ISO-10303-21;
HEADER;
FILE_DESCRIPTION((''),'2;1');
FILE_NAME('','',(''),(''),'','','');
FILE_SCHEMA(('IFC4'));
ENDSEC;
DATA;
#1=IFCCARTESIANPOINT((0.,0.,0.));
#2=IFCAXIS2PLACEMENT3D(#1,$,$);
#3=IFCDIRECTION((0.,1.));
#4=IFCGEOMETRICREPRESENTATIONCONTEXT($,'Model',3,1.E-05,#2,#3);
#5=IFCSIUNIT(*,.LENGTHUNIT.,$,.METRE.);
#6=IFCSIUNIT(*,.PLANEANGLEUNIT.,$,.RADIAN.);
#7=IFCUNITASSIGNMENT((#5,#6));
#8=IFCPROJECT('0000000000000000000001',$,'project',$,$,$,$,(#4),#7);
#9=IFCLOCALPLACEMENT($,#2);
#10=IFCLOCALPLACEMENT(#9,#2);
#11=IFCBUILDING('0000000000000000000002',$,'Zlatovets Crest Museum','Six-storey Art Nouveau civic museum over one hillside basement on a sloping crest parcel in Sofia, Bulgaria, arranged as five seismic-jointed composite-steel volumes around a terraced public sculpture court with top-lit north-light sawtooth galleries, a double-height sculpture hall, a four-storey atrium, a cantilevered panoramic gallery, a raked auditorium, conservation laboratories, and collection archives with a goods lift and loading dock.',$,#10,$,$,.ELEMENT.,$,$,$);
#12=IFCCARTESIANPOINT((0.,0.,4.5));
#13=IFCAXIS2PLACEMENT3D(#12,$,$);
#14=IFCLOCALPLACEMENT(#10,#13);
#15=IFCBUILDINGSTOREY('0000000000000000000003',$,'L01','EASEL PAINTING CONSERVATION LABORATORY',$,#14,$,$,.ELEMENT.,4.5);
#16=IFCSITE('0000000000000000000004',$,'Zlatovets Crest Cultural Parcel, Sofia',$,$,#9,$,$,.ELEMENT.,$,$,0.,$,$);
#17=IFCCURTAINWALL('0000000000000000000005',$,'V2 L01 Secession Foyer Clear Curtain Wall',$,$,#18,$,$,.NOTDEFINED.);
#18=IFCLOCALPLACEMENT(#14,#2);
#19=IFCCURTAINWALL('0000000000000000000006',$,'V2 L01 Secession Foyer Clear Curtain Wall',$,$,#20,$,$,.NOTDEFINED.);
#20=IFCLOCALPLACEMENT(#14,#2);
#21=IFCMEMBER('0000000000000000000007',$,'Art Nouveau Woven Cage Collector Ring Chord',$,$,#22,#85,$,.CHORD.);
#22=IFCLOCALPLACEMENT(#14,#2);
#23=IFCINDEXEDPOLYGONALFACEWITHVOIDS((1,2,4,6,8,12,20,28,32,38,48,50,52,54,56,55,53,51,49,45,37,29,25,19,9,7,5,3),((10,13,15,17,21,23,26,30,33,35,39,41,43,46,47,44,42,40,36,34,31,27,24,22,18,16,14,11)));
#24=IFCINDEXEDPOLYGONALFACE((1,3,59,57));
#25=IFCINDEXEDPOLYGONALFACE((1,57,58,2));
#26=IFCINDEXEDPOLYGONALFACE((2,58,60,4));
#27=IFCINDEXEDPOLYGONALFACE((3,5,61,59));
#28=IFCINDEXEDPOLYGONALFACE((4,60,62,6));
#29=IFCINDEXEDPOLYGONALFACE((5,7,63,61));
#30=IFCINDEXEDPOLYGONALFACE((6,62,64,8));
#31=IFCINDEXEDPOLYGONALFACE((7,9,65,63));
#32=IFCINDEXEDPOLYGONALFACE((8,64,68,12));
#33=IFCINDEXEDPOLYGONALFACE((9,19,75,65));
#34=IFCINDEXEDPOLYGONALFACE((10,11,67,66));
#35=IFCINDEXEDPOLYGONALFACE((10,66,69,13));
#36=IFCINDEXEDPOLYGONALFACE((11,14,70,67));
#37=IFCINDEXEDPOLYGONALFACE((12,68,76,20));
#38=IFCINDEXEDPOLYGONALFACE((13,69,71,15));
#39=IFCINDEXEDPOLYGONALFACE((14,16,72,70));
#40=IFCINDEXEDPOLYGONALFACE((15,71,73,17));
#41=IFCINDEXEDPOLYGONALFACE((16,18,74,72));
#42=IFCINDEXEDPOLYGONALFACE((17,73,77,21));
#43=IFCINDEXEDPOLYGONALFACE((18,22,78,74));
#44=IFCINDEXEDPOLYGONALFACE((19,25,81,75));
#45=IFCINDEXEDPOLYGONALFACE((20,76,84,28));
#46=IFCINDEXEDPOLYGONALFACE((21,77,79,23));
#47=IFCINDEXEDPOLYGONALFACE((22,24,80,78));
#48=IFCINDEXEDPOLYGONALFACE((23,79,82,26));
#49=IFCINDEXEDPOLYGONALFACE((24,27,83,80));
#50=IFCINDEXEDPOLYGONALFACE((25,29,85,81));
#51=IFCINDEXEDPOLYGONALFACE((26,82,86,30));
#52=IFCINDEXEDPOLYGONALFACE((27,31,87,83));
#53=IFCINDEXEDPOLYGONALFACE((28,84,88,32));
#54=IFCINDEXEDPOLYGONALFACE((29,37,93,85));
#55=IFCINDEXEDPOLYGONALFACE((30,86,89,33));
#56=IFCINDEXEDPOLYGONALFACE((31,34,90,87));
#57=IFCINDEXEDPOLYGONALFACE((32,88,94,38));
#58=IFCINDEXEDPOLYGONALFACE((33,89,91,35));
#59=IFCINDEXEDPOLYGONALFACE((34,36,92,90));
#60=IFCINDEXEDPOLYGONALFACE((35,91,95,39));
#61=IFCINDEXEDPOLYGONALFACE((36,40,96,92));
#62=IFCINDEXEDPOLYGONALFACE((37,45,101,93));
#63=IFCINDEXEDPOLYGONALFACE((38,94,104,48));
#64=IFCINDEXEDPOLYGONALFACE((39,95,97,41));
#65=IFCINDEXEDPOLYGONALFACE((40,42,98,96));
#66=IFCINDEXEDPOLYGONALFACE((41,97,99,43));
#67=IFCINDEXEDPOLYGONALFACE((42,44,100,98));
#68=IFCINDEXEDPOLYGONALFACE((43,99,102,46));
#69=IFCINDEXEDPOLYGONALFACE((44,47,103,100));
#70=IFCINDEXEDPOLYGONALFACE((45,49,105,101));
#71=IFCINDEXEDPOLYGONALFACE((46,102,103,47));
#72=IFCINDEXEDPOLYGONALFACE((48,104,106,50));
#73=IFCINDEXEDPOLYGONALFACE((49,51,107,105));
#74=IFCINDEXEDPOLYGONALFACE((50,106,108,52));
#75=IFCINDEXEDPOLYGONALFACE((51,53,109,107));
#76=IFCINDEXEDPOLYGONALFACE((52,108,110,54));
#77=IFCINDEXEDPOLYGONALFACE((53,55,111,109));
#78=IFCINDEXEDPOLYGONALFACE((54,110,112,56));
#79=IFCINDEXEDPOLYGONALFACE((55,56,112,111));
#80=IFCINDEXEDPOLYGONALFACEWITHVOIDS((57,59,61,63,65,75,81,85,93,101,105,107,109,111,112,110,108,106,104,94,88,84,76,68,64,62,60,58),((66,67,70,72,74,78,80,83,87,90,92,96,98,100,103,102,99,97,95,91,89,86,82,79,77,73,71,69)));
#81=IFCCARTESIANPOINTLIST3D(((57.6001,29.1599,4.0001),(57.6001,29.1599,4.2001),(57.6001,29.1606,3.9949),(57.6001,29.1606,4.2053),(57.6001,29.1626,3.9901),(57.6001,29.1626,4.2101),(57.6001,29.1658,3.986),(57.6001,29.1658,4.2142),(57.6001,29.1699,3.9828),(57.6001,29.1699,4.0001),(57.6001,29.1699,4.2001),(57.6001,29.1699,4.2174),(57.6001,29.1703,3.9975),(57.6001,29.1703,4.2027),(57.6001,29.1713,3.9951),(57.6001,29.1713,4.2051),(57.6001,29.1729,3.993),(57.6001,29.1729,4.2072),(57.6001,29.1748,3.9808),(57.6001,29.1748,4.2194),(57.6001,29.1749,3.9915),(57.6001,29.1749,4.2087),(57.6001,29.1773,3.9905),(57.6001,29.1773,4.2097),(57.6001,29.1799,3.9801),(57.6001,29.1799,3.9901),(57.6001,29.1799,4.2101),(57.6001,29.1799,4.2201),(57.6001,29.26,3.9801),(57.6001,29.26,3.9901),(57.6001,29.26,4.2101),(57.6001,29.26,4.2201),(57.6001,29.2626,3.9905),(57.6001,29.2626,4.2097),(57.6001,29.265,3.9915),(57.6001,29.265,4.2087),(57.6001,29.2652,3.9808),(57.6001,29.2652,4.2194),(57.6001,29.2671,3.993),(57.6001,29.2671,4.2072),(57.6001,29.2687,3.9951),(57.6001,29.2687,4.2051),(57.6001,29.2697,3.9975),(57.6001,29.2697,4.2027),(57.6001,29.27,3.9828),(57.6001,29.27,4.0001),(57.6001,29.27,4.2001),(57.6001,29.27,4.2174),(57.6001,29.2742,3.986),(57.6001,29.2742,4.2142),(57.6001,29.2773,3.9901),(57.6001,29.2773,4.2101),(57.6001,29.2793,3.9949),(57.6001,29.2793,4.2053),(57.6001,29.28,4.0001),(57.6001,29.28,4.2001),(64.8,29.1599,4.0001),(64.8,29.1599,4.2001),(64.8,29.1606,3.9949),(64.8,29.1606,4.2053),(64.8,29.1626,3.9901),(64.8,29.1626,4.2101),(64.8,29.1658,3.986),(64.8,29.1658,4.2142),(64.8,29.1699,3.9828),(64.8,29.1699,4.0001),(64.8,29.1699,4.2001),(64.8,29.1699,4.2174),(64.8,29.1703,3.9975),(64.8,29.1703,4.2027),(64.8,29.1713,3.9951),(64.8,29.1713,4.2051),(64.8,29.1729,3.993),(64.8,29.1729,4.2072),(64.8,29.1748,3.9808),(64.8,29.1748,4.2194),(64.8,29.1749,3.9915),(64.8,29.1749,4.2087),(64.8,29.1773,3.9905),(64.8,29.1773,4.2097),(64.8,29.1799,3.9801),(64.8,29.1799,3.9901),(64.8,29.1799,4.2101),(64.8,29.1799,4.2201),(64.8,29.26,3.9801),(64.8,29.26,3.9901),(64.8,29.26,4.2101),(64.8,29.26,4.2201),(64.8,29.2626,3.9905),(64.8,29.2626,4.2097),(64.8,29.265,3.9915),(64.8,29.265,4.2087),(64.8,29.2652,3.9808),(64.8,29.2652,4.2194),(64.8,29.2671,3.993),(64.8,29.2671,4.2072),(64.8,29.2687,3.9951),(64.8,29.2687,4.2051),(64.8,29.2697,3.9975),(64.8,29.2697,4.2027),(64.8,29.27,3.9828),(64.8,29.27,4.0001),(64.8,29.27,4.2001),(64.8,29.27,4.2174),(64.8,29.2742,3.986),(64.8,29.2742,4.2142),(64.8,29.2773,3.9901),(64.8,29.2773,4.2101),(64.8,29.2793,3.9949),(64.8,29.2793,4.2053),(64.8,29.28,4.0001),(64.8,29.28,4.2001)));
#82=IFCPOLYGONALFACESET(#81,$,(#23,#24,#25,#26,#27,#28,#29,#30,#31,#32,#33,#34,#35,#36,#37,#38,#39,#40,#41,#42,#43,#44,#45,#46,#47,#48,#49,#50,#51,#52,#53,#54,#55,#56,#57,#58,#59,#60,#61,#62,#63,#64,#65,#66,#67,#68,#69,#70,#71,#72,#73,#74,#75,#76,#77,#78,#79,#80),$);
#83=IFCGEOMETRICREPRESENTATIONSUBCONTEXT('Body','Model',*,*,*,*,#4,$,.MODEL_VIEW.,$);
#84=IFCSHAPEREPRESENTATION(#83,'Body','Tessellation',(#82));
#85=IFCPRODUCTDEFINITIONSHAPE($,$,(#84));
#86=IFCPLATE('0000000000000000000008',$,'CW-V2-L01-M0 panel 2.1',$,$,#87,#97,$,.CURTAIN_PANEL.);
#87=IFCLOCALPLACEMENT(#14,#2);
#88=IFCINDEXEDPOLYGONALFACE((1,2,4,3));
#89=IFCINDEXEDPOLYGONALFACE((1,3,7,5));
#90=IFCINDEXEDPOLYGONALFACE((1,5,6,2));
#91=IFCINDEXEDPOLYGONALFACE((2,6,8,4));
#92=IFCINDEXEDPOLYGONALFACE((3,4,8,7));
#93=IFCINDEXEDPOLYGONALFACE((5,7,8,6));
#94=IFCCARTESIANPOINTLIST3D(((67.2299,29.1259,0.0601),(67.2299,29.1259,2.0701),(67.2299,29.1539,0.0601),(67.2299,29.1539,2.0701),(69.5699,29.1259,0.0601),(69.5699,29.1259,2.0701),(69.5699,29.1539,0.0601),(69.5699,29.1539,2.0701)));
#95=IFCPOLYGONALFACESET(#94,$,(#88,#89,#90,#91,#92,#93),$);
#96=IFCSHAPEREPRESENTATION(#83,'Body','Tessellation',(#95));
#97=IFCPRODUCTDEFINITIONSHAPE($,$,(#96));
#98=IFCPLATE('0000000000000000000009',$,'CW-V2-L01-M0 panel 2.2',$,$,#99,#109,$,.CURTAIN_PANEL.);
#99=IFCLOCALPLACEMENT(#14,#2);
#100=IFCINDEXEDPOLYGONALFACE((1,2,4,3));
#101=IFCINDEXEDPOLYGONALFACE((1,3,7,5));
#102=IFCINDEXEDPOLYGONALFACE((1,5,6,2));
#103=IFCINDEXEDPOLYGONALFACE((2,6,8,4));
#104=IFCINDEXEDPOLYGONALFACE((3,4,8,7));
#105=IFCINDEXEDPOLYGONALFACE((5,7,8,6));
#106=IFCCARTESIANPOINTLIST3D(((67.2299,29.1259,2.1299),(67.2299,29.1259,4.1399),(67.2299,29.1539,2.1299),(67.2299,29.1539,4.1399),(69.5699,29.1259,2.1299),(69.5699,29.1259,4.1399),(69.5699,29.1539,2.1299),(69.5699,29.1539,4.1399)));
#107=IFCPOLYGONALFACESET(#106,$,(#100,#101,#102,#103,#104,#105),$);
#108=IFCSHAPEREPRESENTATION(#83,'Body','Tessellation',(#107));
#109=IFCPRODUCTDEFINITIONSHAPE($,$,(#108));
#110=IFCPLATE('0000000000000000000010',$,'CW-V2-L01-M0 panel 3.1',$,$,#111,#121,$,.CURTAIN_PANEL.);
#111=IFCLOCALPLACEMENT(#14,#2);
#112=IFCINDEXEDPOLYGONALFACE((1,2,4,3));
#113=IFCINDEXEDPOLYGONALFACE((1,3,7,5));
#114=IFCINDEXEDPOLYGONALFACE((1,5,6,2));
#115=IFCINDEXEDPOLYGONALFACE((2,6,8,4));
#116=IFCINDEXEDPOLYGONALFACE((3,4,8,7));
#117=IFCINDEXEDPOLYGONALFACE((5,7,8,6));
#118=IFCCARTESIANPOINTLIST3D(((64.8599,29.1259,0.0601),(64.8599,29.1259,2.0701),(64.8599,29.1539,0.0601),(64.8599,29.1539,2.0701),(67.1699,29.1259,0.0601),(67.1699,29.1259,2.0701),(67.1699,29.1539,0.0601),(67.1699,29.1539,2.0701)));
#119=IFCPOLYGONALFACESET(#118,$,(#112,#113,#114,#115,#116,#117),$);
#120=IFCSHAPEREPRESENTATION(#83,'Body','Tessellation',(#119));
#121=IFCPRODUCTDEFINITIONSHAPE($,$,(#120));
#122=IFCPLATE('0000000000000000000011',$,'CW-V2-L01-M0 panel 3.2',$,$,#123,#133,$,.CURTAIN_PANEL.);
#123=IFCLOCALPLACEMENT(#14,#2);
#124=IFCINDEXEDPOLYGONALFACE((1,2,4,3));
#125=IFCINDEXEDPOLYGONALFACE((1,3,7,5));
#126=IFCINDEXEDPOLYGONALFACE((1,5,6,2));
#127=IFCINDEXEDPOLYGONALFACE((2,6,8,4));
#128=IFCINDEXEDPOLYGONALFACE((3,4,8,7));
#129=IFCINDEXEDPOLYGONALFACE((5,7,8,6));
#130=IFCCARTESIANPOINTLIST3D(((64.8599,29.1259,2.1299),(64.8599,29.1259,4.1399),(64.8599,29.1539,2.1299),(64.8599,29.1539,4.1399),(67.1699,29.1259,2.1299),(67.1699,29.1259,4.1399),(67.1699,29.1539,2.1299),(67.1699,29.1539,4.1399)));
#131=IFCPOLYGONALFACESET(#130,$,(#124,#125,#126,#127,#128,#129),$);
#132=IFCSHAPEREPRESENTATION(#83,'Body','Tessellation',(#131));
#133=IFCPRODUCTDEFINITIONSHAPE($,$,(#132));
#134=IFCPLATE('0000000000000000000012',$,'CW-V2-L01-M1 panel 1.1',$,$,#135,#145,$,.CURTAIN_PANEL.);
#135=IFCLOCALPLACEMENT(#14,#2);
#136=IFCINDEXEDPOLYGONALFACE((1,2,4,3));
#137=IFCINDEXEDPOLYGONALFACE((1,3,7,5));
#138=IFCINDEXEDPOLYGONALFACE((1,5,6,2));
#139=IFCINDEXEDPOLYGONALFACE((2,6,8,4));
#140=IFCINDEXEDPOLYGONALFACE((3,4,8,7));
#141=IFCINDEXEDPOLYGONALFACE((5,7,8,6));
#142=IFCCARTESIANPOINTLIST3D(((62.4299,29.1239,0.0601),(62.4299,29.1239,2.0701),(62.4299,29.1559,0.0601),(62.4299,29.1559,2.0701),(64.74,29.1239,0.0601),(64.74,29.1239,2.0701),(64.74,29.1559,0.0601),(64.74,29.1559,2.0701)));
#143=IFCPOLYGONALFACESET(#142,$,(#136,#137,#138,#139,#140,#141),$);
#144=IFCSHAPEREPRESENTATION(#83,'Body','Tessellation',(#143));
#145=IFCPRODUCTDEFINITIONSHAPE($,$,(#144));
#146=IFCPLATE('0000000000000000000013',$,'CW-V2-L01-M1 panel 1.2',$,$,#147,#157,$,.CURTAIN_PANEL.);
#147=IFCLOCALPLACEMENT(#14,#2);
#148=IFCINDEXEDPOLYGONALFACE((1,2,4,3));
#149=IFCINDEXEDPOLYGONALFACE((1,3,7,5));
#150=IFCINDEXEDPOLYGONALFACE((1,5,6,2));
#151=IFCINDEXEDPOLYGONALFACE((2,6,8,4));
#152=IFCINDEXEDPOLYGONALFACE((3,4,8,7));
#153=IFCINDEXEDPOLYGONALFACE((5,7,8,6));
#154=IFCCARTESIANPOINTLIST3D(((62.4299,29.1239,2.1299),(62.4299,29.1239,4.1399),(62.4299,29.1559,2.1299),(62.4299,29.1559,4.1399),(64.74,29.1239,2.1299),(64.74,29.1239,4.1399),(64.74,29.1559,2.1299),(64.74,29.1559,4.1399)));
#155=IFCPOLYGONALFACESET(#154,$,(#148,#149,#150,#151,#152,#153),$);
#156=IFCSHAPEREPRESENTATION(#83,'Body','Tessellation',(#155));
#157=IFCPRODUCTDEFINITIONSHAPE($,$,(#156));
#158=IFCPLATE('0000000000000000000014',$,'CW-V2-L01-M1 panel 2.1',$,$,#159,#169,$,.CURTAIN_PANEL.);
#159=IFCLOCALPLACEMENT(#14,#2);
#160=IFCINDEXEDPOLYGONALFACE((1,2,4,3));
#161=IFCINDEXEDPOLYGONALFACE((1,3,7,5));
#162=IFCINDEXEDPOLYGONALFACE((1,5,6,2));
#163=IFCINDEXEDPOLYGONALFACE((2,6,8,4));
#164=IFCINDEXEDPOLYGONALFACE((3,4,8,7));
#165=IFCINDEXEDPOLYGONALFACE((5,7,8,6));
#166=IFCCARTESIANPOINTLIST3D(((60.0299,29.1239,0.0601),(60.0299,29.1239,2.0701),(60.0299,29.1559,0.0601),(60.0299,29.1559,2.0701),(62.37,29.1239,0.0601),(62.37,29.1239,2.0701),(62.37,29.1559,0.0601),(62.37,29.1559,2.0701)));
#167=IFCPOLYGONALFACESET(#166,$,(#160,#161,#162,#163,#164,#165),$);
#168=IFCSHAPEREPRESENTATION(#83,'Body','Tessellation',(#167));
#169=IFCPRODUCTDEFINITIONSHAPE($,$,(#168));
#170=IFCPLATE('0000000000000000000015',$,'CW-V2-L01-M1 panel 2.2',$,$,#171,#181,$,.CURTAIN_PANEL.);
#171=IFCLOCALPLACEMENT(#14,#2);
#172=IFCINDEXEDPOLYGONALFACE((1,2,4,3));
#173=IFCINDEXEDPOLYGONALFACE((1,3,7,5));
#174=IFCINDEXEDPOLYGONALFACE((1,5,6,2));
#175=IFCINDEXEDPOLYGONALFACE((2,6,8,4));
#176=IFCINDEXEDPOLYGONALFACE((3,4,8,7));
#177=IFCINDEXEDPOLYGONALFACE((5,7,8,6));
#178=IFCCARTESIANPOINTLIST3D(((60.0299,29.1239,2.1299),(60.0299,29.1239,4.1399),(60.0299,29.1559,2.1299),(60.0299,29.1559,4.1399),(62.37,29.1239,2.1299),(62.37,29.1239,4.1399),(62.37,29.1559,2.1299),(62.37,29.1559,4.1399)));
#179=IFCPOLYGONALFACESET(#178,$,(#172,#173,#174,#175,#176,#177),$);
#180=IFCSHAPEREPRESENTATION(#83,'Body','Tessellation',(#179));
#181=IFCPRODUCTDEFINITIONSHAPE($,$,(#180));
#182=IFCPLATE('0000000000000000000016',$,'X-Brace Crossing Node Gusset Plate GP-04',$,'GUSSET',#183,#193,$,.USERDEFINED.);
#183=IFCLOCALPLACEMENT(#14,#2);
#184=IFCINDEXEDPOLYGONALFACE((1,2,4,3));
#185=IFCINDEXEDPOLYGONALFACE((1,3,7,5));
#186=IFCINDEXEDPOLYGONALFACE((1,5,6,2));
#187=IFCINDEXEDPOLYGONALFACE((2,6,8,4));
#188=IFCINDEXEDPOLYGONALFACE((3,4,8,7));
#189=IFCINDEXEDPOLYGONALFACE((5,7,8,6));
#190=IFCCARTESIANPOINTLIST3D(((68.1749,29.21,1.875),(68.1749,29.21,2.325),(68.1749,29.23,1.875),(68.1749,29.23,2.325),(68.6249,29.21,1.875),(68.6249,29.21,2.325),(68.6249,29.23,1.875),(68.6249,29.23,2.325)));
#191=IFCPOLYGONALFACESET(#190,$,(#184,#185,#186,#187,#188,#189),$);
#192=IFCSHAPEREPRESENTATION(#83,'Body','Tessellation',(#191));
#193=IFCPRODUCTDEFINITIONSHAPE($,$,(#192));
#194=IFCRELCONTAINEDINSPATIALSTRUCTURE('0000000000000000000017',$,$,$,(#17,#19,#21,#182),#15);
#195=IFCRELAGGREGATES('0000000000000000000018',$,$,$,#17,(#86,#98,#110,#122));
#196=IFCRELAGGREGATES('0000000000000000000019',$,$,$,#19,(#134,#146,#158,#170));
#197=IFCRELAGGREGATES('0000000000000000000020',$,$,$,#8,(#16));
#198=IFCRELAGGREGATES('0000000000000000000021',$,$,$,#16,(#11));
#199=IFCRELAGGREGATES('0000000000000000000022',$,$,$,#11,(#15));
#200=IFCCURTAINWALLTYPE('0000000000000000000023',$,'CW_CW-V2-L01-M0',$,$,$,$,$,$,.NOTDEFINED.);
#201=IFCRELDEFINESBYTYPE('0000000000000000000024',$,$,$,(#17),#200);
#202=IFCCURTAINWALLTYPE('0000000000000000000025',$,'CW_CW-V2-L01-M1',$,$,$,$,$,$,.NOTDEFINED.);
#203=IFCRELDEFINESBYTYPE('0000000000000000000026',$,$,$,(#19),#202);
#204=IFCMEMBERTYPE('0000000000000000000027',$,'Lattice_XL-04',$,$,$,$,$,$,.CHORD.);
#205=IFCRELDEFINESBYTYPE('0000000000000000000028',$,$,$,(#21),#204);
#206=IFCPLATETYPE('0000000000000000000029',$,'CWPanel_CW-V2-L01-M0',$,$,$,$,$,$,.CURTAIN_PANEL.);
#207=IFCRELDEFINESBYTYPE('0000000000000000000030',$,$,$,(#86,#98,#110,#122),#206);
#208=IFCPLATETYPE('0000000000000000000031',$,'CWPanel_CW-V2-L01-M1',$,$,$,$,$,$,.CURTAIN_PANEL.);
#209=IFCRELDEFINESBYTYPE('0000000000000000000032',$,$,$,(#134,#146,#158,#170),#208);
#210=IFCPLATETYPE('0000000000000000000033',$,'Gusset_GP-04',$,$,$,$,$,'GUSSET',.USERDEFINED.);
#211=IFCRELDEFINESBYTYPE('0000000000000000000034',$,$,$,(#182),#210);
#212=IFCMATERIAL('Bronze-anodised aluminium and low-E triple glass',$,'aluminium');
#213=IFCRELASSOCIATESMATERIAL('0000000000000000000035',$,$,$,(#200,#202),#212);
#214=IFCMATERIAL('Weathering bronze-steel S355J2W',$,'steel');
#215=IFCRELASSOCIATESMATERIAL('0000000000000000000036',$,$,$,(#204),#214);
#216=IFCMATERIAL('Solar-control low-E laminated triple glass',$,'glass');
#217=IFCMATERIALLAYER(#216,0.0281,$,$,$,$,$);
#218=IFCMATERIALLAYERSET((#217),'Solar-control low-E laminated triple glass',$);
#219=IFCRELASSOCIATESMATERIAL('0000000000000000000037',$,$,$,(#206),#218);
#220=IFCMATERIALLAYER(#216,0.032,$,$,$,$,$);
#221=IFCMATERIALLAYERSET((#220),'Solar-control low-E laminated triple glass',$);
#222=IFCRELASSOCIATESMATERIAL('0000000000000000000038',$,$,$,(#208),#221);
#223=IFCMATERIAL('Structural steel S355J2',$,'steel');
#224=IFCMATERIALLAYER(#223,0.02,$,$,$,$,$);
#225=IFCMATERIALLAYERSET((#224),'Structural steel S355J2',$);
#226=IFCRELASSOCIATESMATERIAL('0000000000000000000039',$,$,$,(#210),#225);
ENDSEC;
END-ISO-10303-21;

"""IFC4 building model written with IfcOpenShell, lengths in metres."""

from ifc_helpers import new_model, si_unit, direction, frame, origin, origin_2d, place, context, subcontext, project, spatial, rectangle, hollow_rectangle, extrude, material, layer, layer_set, material_profile, profile_set, type_object, element, aggregate, save


model = new_model("IFC4")

# Units and contexts
model_context = context("Model", 3, precision=1e-05, world=origin(), true_north=direction((0.0, 1.0)))
body_context = subcontext(model_context, "Body", "Model", "MODEL_VIEW")
ifc_project = project(units=[si_unit("LENGTHUNIT", "METRE"), si_unit("PLANEANGLEUNIT", "RADIAN")], contexts=[model_context])

# Site, building, storey
site_placement = place(None, origin())
site = spatial("IfcSite", under=ifc_project, at=site_placement, Name="Zlatovets Crest Cultural Parcel, Sofia", CompositionType="ELEMENT", RefElevation=0.0)
building_placement = place(site_placement, origin())
building = spatial("IfcBuilding", under=site, at=building_placement, Name="Zlatovets Crest Museum", Description="Six-storey Art Nouveau civic museum over one hillside basement on a sloping crest parcel in Sofia, Bulgaria, arranged as five seismic-jointed composite-steel volumes around a terraced public sculpture court with top-lit north-light sawtooth galleries, a double-height sculpture hall, a four-storey atrium, a cantilevered panoramic gallery, a raked auditorium, conservation laboratories, and collection archives with a goods lift and loading dock.", CompositionType="ELEMENT")
storey_placement = place(building_placement, frame((0.0, 0.0, 4.5)))
storey = spatial("IfcBuildingStorey", under=building, at=storey_placement, Name="L01", Description="EASEL PAINTING CONSERVATION LABORATORY", CompositionType="ELEMENT", Elevation=4.5)

# Curtain walls
ifc_material_1 = material(Name="Bronze-anodised aluminium and low-E triple glass", Category="aluminium")
curtain_wall_type_1 = type_object("IfcCurtainWallType", Name="CW_CW-V2-L01-M0", PredefinedType="NOTDEFINED", material=ifc_material_1)
curtain_wall_1_placement = place(storey_placement, origin())
curtain_wall_1 = element("IfcCurtainWall", 1, at=curtain_wall_1_placement, inside=storey, type_object=curtain_wall_type_1, Name="V2 L01 Secession Foyer Clear Curtain Wall", PredefinedType="NOTDEFINED")
curtain_wall_type_2 = type_object("IfcCurtainWallType", Name="CW_CW-V2-L01-M1", PredefinedType="NOTDEFINED", material=ifc_material_1)
curtain_wall_2_placement = place(storey_placement, origin())
curtain_wall_2 = element("IfcCurtainWall", 2, at=curtain_wall_2_placement, inside=storey, type_object=curtain_wall_type_2, Name="V2 L01 Secession Foyer Clear Curtain Wall", PredefinedType="NOTDEFINED")

# Member
ifc_material_2 = material(Name="Weathering bronze-steel S355J2W", Category="steel")
ifc_material_profile_1 = material_profile(ifc_material_2, hollow_rectangle(XDim=0.1201, YDim=0.24, WallThickness=0.01, InnerFilletRadius=0.01, OuterFilletRadius=0.02, at=origin_2d()), Name="RHS 120x240x10.0")
ifc_profile_set_1 = profile_set([ifc_material_profile_1], Name="Weathering bronze-steel S355J2W")
member_type_1 = type_object("IfcMemberType", Name="Lattice_XL-04", PredefinedType="CHORD", material=ifc_profile_set_1)
member_1_placement = place(storey_placement, frame((64.8, 29.22, 4.1001), z_axis=(-1.0, 0.0, 0.0), x_axis=(0.0, -1.0, 0.0)))
element("IfcMember", 3, at=member_1_placement, inside=storey, type_object=member_type_1, Name="Art Nouveau Woven Cage Collector Ring Chord", PredefinedType="CHORD", context=body_context, shape_type="SweptSolid", body=[
    extrude(hollow_rectangle(XDim=0.1201, YDim=0.24, WallThickness=0.01, InnerFilletRadius=0.01, OuterFilletRadius=0.02, at=origin_2d()), origin(), (0.0, 0.0, 1.0), 7.2),
])

# Plates
ifc_material_3 = material(Name="Solar-control low-E laminated triple glass", Category="glass")
ifc_layer_1 = layer(ifc_material_3, 0.0281)
ifc_layer_set_1 = layer_set([ifc_layer_1], Name="Solar-control low-E laminated triple glass")
plate_type_1 = type_object("IfcPlateType", Name="CWPanel_CW-V2-L01-M0", PredefinedType="CURTAIN_PANEL", material=ifc_layer_set_1)
plate_1_placement = place(storey_placement, frame((68.3999, 29.1399, 0.0601), z_axis=(0.0, 0.0, 1.0), x_axis=(-1.0, 0.0, 0.0)))
plate_1 = element("IfcPlate", 4, at=plate_1_placement, type_object=plate_type_1, Name="CW-V2-L01-M0 panel 2.1", PredefinedType="CURTAIN_PANEL", context=body_context, shape_type="SweptSolid", body=[
    extrude(rectangle(XDim=2.3401, YDim=0.0281, at=origin_2d()), origin(), (0.0, 0.0, 1.0), 2.01),
])
plate_2_placement = place(storey_placement, frame((68.3999, 29.1399, 2.1299), z_axis=(0.0, 0.0, 1.0), x_axis=(-1.0, 0.0, 0.0)))
plate_2 = element("IfcPlate", 5, at=plate_2_placement, type_object=plate_type_1, Name="CW-V2-L01-M0 panel 2.2", PredefinedType="CURTAIN_PANEL", context=body_context, shape_type="SweptSolid", body=[
    extrude(rectangle(XDim=2.3401, YDim=0.0281, at=origin_2d()), origin(), (0.0, 0.0, 1.0), 2.01),
])
plate_3_placement = place(storey_placement, frame((66.0149, 29.1399, 0.0601), z_axis=(0.0, 0.0, 1.0), x_axis=(-1.0, 0.0, 0.0)))
plate_3 = element("IfcPlate", 6, at=plate_3_placement, type_object=plate_type_1, Name="CW-V2-L01-M0 panel 3.1", PredefinedType="CURTAIN_PANEL", context=body_context, shape_type="SweptSolid", body=[
    extrude(rectangle(XDim=2.3101, YDim=0.0281, at=origin_2d()), origin(), (0.0, 0.0, 1.0), 2.01),
])
plate_4_placement = place(storey_placement, frame((66.0149, 29.1399, 2.1299), z_axis=(0.0, 0.0, 1.0), x_axis=(-1.0, 0.0, 0.0)))
plate_4 = element("IfcPlate", 7, at=plate_4_placement, type_object=plate_type_1, Name="CW-V2-L01-M0 panel 3.2", PredefinedType="CURTAIN_PANEL", context=body_context, shape_type="SweptSolid", body=[
    extrude(rectangle(XDim=2.3101, YDim=0.0281, at=origin_2d()), origin(), (0.0, 0.0, 1.0), 2.01),
])
aggregate(curtain_wall_1, [plate_1, plate_2, plate_3, plate_4])
ifc_layer_2 = layer(ifc_material_3, 0.032)
ifc_layer_set_2 = layer_set([ifc_layer_2], Name="Solar-control low-E laminated triple glass")
plate_type_2 = type_object("IfcPlateType", Name="CWPanel_CW-V2-L01-M1", PredefinedType="CURTAIN_PANEL", material=ifc_layer_set_2)
plate_5_placement = place(storey_placement, frame((63.585, 29.1399, 0.0601), z_axis=(0.0, 0.0, 1.0), x_axis=(-1.0, 0.0, 0.0)))
plate_5 = element("IfcPlate", 8, at=plate_5_placement, type_object=plate_type_2, Name="CW-V2-L01-M1 panel 1.1", PredefinedType="CURTAIN_PANEL", context=body_context, shape_type="SweptSolid", body=[
    extrude(rectangle(XDim=2.3101, YDim=0.032, at=origin_2d()), origin(), (0.0, 0.0, 1.0), 2.01),
])
plate_6_placement = place(storey_placement, frame((63.585, 29.1399, 2.1299), z_axis=(0.0, 0.0, 1.0), x_axis=(-1.0, 0.0, 0.0)))
plate_6 = element("IfcPlate", 9, at=plate_6_placement, type_object=plate_type_2, Name="CW-V2-L01-M1 panel 1.2", PredefinedType="CURTAIN_PANEL", context=body_context, shape_type="SweptSolid", body=[
    extrude(rectangle(XDim=2.3101, YDim=0.032, at=origin_2d()), origin(), (0.0, 0.0, 1.0), 2.01),
])
plate_7_placement = place(storey_placement, frame((61.2, 29.1399, 0.0601), z_axis=(0.0, 0.0, 1.0), x_axis=(-1.0, 0.0, 0.0)))
plate_7 = element("IfcPlate", 10, at=plate_7_placement, type_object=plate_type_2, Name="CW-V2-L01-M1 panel 2.1", PredefinedType="CURTAIN_PANEL", context=body_context, shape_type="SweptSolid", body=[
    extrude(rectangle(XDim=2.3401, YDim=0.032, at=origin_2d()), origin(), (0.0, 0.0, 1.0), 2.01),
])
plate_8_placement = place(storey_placement, frame((61.2, 29.1399, 2.1299), z_axis=(0.0, 0.0, 1.0), x_axis=(-1.0, 0.0, 0.0)))
plate_8 = element("IfcPlate", 11, at=plate_8_placement, type_object=plate_type_2, Name="CW-V2-L01-M1 panel 2.2", PredefinedType="CURTAIN_PANEL", context=body_context, shape_type="SweptSolid", body=[
    extrude(rectangle(XDim=2.3401, YDim=0.032, at=origin_2d()), origin(), (0.0, 0.0, 1.0), 2.01),
])
aggregate(curtain_wall_2, [plate_5, plate_6, plate_7, plate_8])

# Plate
ifc_material_4 = material(Name="Structural steel S355J2", Category="steel")
ifc_layer_3 = layer(ifc_material_4, 0.02)
ifc_layer_set_3 = layer_set([ifc_layer_3], Name="Structural steel S355J2")
plate_type_3 = type_object("IfcPlateType", Name="Gusset_GP-04", ElementType="GUSSET", PredefinedType="USERDEFINED", material=ifc_layer_set_3)
for number, where, z_axis, x_axis, name in (
    (12, (68.3999, 29.22, 1.875), (0.0, 0.0, 1.0), (1.0, 0.0, 0.0), "X-Brace Crossing Node Gusset Plate GP-04"),
):
    element("IfcPlate", number, at=place(storey_placement, frame(where, z_axis=z_axis, x_axis=x_axis)), inside=storey, type_object=plate_type_3, Name=name, ObjectType="GUSSET", PredefinedType="USERDEFINED", context=body_context, shape_type="SweptSolid", body=[
        extrude(rectangle(XDim=0.45, YDim=0.02, at=origin_2d()), origin(), (0.0, 0.0, 1.0), 0.45),
    ])

save(model, "model.ifc")
